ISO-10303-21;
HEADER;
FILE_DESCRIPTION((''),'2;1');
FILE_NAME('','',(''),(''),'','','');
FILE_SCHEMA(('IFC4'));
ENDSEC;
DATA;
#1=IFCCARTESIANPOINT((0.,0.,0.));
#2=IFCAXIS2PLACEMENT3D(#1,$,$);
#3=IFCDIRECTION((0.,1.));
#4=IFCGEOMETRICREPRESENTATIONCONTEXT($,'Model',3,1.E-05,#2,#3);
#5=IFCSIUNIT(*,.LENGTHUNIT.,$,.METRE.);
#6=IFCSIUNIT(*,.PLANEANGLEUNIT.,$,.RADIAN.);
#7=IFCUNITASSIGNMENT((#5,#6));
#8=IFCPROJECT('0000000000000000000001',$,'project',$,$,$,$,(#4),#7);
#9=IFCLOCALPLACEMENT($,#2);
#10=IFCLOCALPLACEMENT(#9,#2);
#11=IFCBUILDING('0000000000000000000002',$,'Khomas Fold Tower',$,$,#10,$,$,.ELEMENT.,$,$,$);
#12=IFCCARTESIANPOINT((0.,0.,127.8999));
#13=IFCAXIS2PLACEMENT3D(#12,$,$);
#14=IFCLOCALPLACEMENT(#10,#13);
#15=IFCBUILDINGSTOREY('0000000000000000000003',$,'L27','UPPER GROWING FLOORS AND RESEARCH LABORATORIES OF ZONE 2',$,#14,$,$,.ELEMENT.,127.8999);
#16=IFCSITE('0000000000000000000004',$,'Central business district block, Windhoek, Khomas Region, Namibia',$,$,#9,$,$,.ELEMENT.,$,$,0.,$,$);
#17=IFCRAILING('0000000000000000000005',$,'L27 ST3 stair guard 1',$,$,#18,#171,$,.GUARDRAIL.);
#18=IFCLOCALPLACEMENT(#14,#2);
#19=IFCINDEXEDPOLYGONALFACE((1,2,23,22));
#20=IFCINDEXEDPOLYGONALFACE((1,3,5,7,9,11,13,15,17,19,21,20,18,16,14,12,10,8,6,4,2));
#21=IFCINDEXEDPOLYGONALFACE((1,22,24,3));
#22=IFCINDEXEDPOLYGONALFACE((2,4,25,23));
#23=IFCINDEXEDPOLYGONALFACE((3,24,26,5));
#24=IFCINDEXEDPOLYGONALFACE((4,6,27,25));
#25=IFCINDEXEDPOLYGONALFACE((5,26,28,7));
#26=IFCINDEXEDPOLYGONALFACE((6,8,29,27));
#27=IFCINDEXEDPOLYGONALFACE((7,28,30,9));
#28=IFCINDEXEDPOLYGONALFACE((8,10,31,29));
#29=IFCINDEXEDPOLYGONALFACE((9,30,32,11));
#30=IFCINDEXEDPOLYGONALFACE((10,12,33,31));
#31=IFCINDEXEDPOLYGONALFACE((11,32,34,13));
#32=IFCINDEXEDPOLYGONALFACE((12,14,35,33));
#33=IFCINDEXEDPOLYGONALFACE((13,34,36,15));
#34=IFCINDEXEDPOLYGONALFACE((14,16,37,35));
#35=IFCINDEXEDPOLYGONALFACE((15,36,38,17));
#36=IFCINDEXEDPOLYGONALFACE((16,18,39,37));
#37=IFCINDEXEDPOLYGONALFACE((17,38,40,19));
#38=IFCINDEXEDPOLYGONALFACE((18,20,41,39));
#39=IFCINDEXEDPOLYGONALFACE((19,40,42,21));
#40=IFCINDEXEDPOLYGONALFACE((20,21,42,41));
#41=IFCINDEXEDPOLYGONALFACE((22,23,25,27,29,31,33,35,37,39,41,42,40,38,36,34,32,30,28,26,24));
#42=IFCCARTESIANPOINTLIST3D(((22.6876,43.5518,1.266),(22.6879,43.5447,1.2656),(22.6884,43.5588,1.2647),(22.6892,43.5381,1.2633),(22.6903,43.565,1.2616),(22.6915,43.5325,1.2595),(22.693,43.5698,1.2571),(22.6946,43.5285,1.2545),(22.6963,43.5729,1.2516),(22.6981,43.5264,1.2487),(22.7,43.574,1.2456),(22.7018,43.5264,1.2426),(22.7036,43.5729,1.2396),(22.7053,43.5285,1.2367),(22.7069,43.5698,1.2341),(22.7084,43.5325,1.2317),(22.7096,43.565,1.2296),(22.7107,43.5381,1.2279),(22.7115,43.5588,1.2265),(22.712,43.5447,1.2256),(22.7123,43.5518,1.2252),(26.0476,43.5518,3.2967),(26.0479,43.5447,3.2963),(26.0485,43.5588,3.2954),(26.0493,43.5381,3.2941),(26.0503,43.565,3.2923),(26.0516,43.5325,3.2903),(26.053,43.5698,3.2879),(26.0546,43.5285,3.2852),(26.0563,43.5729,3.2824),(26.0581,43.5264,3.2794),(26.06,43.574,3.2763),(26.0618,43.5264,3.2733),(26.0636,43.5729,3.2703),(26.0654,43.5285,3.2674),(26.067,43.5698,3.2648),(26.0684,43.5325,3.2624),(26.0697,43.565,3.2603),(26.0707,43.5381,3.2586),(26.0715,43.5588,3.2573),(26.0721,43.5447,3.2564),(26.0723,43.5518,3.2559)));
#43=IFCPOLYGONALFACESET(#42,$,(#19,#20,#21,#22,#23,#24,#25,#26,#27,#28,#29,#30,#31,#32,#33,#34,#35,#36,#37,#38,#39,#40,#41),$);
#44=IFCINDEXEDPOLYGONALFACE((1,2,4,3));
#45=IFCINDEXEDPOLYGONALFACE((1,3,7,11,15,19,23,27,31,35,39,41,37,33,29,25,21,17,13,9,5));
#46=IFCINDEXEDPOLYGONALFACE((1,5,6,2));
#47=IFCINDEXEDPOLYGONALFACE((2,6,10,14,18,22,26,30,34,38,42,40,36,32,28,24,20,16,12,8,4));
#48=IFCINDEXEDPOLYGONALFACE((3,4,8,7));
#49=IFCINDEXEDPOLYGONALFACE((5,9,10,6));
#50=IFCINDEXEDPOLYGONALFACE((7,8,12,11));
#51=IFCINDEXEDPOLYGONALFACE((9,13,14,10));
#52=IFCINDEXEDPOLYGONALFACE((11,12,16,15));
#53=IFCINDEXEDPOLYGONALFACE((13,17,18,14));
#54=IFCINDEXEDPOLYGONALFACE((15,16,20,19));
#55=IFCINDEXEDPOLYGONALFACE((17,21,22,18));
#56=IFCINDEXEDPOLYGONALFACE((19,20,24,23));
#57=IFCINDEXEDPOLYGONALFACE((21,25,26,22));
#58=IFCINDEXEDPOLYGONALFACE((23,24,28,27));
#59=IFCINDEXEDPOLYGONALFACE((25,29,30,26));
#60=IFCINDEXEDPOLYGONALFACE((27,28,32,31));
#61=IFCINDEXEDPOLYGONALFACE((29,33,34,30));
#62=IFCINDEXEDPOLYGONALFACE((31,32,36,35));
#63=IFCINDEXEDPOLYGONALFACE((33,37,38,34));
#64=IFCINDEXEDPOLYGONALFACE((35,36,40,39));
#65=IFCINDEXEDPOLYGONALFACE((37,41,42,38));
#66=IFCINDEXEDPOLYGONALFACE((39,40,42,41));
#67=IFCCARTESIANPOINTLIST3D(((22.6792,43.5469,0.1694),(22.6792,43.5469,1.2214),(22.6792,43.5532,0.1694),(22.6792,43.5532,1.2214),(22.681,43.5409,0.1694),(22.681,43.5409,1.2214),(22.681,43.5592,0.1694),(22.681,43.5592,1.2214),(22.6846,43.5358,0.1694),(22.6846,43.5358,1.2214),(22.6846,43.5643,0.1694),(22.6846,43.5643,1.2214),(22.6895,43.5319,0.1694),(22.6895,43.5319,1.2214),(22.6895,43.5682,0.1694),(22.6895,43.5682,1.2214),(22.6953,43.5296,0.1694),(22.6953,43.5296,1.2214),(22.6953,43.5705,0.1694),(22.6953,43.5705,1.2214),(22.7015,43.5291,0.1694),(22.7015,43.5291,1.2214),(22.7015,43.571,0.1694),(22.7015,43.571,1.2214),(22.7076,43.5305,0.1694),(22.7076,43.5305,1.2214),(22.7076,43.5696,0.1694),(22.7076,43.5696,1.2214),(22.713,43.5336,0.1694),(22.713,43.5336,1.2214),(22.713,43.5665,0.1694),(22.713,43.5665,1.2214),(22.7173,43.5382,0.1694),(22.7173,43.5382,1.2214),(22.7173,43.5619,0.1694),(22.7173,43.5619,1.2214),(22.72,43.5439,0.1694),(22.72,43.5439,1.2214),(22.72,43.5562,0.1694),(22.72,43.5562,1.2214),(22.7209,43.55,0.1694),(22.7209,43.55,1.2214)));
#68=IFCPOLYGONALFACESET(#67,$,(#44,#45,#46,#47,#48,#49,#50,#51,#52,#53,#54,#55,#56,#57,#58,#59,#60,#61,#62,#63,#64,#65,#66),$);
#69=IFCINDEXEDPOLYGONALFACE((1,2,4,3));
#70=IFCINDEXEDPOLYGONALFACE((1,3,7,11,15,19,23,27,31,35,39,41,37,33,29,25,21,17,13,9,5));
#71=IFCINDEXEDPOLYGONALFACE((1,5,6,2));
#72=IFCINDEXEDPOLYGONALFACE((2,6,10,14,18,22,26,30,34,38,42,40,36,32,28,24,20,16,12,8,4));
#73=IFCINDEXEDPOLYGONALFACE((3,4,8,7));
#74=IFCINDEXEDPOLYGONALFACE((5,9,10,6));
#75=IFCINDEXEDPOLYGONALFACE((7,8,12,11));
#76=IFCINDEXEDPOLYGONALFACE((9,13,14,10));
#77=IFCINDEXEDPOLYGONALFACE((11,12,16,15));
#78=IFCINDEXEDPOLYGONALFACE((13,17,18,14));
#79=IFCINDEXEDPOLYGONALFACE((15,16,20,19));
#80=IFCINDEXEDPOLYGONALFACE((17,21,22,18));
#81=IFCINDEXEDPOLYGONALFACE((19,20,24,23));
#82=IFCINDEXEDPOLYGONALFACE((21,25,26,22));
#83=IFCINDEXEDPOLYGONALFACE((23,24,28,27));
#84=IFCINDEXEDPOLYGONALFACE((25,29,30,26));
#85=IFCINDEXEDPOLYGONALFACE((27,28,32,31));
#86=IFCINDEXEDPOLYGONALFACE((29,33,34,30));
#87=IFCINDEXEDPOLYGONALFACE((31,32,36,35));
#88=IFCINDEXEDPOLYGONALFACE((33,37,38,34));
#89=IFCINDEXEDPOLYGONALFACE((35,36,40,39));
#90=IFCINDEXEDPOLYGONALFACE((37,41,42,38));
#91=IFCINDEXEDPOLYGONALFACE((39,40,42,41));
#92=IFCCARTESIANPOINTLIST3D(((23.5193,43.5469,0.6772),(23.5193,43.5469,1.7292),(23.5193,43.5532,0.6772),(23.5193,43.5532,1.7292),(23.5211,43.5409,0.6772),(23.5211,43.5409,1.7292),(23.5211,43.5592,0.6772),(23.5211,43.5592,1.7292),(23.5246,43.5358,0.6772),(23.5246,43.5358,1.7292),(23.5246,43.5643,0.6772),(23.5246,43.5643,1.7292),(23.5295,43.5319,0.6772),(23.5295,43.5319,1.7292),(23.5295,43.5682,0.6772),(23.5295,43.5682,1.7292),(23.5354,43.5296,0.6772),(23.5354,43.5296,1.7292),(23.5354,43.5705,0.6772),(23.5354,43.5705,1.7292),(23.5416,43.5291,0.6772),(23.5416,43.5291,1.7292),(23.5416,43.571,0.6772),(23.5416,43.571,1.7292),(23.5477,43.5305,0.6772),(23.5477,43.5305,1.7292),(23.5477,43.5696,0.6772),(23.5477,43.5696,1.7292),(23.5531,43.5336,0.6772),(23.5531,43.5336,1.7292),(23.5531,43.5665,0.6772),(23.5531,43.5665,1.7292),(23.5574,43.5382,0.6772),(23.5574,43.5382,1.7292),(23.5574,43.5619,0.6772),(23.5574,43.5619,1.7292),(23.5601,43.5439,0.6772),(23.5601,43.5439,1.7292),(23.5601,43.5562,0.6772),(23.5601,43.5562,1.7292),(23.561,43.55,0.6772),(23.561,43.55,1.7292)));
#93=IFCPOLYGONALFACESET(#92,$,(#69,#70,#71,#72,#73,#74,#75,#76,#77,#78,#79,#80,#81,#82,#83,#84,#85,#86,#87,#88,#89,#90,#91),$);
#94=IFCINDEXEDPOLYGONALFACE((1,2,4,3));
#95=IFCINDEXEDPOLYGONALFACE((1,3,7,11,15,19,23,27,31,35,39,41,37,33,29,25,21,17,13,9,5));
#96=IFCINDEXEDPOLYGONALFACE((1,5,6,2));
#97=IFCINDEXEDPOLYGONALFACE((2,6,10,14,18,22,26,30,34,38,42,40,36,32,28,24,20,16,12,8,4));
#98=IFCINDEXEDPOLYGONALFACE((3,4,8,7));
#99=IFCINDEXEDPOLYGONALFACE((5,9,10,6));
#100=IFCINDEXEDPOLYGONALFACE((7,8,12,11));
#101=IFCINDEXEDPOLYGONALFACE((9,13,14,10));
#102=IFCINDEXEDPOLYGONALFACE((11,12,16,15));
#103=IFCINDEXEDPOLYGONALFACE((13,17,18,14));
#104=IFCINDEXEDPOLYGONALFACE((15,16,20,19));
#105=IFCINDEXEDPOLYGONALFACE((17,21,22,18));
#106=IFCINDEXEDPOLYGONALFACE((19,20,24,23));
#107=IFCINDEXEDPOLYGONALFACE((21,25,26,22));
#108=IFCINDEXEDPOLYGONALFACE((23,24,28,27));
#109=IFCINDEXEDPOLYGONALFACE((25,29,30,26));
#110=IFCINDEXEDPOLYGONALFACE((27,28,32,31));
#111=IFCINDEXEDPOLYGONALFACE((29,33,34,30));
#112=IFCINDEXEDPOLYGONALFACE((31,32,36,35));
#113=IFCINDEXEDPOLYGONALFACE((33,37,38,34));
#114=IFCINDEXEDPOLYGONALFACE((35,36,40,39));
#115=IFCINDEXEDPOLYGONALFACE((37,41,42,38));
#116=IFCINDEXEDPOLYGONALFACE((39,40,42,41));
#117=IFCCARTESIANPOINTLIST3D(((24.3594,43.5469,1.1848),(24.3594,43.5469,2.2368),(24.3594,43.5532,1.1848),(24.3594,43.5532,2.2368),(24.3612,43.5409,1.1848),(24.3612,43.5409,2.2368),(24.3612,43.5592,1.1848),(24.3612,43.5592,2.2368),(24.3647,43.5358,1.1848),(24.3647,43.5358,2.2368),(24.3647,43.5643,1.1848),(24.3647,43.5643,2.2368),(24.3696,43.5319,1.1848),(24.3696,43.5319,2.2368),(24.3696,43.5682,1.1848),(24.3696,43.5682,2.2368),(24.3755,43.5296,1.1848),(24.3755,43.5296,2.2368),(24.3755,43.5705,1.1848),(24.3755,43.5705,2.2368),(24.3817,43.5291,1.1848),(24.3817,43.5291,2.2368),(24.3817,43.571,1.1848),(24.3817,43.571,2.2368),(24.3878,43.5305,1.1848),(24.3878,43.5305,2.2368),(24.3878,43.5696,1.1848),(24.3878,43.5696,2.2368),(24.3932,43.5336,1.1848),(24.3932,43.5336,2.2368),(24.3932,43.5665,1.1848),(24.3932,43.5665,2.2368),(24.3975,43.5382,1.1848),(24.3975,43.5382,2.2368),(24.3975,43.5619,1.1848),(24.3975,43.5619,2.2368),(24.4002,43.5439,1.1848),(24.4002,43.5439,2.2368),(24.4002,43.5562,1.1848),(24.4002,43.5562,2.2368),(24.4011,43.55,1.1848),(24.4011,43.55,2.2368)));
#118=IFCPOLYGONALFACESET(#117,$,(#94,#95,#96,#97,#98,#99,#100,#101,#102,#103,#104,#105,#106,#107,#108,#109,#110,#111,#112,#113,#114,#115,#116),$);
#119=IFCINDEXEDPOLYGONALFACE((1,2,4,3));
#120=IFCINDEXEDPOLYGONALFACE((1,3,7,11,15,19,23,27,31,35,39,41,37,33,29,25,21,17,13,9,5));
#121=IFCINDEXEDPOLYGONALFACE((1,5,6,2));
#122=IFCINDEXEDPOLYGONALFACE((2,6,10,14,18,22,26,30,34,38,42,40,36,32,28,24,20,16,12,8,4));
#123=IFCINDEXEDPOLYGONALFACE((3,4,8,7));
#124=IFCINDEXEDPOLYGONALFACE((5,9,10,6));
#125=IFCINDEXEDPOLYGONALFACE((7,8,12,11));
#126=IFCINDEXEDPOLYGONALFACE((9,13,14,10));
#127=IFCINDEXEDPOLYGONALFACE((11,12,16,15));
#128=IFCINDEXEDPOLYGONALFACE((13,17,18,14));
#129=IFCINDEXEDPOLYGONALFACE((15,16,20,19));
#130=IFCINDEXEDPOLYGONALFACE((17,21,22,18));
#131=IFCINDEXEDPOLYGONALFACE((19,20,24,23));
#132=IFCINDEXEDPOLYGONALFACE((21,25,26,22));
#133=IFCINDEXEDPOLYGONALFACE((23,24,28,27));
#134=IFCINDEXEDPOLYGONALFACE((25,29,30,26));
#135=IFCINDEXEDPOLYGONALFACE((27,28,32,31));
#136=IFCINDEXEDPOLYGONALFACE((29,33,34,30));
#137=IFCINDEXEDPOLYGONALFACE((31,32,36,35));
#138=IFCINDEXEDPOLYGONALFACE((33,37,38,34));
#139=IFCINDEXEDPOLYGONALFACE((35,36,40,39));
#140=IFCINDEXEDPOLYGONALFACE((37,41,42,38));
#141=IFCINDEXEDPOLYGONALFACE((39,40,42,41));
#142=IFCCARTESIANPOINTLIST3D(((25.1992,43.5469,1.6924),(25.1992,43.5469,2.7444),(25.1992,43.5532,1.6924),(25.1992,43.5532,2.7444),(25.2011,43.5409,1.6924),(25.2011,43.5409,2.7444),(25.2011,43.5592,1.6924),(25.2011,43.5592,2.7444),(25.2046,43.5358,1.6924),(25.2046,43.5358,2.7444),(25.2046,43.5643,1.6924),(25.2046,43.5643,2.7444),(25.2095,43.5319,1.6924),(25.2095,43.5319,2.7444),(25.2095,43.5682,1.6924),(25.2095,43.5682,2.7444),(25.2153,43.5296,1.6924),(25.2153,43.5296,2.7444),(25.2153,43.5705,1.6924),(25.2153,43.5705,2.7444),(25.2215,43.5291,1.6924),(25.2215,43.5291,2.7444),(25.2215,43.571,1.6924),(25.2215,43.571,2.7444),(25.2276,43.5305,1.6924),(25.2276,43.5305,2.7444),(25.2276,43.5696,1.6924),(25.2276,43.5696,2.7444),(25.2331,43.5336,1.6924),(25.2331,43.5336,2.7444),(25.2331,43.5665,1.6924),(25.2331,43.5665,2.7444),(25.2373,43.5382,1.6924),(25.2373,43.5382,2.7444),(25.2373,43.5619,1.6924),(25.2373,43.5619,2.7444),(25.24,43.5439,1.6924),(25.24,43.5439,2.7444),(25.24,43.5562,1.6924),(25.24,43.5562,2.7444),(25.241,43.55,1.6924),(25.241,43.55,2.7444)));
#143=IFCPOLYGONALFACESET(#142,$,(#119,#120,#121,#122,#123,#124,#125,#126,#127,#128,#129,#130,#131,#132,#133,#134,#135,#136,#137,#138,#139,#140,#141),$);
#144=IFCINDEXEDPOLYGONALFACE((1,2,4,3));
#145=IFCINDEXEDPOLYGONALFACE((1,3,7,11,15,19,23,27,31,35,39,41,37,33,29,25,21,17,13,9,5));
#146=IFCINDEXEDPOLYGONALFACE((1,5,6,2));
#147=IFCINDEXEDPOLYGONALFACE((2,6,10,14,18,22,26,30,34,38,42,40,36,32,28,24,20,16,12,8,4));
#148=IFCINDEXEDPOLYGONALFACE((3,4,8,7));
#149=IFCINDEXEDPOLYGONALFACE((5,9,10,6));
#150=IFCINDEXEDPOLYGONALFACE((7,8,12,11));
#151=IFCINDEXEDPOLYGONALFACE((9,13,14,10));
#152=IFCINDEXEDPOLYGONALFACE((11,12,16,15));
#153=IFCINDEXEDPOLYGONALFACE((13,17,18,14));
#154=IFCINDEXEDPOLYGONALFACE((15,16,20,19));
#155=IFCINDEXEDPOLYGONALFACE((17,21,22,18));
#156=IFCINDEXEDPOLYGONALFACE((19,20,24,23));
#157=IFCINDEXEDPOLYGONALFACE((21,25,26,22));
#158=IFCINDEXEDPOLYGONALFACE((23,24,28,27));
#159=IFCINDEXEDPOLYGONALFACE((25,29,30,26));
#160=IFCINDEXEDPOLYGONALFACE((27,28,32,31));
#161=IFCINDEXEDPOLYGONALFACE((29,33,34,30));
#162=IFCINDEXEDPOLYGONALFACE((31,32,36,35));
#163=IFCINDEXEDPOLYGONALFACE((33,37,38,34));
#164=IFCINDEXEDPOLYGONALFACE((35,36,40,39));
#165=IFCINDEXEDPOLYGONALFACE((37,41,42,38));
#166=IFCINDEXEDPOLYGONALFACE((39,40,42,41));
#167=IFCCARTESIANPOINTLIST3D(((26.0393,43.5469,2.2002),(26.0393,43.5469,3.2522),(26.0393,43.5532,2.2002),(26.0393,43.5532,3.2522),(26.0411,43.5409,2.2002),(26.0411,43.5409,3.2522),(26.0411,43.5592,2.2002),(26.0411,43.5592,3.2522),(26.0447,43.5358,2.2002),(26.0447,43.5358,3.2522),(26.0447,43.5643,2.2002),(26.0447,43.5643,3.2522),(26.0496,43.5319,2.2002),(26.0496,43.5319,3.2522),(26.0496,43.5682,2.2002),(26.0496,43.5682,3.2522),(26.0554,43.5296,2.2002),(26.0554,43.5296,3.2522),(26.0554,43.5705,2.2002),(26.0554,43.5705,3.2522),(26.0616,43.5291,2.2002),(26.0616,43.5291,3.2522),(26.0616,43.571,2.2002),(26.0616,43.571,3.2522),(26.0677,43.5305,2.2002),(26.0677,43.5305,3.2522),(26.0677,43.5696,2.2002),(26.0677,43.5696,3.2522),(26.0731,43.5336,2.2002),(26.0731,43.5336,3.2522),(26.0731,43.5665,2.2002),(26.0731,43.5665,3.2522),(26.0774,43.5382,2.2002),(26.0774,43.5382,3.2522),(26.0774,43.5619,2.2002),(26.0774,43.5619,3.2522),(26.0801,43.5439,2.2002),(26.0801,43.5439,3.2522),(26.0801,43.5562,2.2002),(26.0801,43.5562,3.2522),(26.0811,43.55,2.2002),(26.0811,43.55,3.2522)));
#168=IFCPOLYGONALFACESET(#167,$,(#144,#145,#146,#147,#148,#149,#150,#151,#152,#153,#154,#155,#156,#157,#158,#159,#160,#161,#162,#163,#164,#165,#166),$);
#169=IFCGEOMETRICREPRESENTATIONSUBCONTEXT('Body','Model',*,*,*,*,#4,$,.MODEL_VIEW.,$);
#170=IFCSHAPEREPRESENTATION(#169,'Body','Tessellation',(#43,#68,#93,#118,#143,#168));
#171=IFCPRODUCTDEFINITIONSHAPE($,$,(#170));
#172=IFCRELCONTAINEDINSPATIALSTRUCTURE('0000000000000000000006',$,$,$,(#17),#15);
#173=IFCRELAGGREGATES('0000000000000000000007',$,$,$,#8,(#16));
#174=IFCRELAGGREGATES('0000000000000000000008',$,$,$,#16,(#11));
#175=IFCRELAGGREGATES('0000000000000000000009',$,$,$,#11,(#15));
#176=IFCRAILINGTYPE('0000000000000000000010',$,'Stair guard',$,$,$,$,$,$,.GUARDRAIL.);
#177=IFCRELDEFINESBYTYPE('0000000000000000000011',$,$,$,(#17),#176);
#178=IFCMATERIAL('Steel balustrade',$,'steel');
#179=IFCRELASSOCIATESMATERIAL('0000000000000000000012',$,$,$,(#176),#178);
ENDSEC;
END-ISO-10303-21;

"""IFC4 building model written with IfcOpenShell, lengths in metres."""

from ifc_helpers import new_model, si_unit, direction, frame, origin, origin_2d, place, context, subcontext, project, spatial, circle, extrude, source, transform, mapped, material, type_object, element, save


model = new_model("IFC4")

# Units and contexts
model_context = context("Model", 3, precision=1e-05, world=origin(), true_north=direction((0.0, 1.0)))
body_context = subcontext(model_context, "Body", "Model", "MODEL_VIEW")
ifc_project = project(units=[si_unit("LENGTHUNIT", "METRE"), si_unit("PLANEANGLEUNIT", "RADIAN")], contexts=[model_context])

# Site, building, storey
site_placement = place(None, origin())
site = spatial("IfcSite", under=ifc_project, at=site_placement, Name="Central business district block, Windhoek, Khomas Region, Namibia", CompositionType="ELEMENT", RefElevation=0.0)
building_placement = place(site_placement, origin())
building = spatial("IfcBuilding", under=site, at=building_placement, Name="Khomas Fold Tower", CompositionType="ELEMENT")
storey_placement = place(building_placement, frame((0.0, 0.0, 127.8999)))
storey = spatial("IfcBuildingStorey", under=building, at=storey_placement, Name="L27", Description="UPPER GROWING FLOORS AND RESEARCH LABORATORIES OF ZONE 2", CompositionType="ELEMENT", Elevation=127.8999)

# Railing
ifc_material_1 = material(Name="Steel balustrade", Category="steel")
railing_type_1 = type_object("IfcRailingType", Name="Stair guard", PredefinedType="GUARDRAIL", material=ifc_material_1)
shared_shape_1 = source(origin(), body_context, "Body", "SweptSolid", [
    extrude(circle(Radius=0.0239, at=origin_2d()), frame((0.0, 0.0, 1.0762), z_axis=(0.855837, 0.0, 0.517246), x_axis=(0.0, 1.0, 0.0)), (0.0, 0.0, 1.0), 3.926),
    extrude(circle(Radius=0.021, at=origin_2d()), origin(), (0.0, 0.0, 1.0), 1.052),
    extrude(circle(Radius=0.021, at=origin_2d()), frame((0.8401, 0.0, 0.5078)), (0.0, 0.0, 1.0), 1.052),
    extrude(circle(Radius=0.021, at=origin_2d()), frame((1.6802, 0.0, 1.0154)), (0.0, 0.0, 1.0), 1.052),
    extrude(circle(Radius=0.021, at=origin_2d()), frame((2.52, 0.0, 1.5229)), (0.0, 0.0, 1.0), 1.052),
    extrude(circle(Radius=0.021, at=origin_2d()), frame((3.3601, 0.0, 2.0308)), (0.0, 0.0, 1.0), 1.052),
])
railing_1_placement = place(storey_placement, frame((22.7, 43.55, 0.1694)))
element("IfcRailing", 1, at=railing_1_placement, inside=storey, type_object=railing_type_1, Name="L27 ST3 stair guard 1", PredefinedType="GUARDRAIL", context=body_context, shape_type="MappedRepresentation", body=[
    mapped(shared_shape_1, transform((0.0, 0.0, 0.0))),
])

save(model, "model.ifc")
